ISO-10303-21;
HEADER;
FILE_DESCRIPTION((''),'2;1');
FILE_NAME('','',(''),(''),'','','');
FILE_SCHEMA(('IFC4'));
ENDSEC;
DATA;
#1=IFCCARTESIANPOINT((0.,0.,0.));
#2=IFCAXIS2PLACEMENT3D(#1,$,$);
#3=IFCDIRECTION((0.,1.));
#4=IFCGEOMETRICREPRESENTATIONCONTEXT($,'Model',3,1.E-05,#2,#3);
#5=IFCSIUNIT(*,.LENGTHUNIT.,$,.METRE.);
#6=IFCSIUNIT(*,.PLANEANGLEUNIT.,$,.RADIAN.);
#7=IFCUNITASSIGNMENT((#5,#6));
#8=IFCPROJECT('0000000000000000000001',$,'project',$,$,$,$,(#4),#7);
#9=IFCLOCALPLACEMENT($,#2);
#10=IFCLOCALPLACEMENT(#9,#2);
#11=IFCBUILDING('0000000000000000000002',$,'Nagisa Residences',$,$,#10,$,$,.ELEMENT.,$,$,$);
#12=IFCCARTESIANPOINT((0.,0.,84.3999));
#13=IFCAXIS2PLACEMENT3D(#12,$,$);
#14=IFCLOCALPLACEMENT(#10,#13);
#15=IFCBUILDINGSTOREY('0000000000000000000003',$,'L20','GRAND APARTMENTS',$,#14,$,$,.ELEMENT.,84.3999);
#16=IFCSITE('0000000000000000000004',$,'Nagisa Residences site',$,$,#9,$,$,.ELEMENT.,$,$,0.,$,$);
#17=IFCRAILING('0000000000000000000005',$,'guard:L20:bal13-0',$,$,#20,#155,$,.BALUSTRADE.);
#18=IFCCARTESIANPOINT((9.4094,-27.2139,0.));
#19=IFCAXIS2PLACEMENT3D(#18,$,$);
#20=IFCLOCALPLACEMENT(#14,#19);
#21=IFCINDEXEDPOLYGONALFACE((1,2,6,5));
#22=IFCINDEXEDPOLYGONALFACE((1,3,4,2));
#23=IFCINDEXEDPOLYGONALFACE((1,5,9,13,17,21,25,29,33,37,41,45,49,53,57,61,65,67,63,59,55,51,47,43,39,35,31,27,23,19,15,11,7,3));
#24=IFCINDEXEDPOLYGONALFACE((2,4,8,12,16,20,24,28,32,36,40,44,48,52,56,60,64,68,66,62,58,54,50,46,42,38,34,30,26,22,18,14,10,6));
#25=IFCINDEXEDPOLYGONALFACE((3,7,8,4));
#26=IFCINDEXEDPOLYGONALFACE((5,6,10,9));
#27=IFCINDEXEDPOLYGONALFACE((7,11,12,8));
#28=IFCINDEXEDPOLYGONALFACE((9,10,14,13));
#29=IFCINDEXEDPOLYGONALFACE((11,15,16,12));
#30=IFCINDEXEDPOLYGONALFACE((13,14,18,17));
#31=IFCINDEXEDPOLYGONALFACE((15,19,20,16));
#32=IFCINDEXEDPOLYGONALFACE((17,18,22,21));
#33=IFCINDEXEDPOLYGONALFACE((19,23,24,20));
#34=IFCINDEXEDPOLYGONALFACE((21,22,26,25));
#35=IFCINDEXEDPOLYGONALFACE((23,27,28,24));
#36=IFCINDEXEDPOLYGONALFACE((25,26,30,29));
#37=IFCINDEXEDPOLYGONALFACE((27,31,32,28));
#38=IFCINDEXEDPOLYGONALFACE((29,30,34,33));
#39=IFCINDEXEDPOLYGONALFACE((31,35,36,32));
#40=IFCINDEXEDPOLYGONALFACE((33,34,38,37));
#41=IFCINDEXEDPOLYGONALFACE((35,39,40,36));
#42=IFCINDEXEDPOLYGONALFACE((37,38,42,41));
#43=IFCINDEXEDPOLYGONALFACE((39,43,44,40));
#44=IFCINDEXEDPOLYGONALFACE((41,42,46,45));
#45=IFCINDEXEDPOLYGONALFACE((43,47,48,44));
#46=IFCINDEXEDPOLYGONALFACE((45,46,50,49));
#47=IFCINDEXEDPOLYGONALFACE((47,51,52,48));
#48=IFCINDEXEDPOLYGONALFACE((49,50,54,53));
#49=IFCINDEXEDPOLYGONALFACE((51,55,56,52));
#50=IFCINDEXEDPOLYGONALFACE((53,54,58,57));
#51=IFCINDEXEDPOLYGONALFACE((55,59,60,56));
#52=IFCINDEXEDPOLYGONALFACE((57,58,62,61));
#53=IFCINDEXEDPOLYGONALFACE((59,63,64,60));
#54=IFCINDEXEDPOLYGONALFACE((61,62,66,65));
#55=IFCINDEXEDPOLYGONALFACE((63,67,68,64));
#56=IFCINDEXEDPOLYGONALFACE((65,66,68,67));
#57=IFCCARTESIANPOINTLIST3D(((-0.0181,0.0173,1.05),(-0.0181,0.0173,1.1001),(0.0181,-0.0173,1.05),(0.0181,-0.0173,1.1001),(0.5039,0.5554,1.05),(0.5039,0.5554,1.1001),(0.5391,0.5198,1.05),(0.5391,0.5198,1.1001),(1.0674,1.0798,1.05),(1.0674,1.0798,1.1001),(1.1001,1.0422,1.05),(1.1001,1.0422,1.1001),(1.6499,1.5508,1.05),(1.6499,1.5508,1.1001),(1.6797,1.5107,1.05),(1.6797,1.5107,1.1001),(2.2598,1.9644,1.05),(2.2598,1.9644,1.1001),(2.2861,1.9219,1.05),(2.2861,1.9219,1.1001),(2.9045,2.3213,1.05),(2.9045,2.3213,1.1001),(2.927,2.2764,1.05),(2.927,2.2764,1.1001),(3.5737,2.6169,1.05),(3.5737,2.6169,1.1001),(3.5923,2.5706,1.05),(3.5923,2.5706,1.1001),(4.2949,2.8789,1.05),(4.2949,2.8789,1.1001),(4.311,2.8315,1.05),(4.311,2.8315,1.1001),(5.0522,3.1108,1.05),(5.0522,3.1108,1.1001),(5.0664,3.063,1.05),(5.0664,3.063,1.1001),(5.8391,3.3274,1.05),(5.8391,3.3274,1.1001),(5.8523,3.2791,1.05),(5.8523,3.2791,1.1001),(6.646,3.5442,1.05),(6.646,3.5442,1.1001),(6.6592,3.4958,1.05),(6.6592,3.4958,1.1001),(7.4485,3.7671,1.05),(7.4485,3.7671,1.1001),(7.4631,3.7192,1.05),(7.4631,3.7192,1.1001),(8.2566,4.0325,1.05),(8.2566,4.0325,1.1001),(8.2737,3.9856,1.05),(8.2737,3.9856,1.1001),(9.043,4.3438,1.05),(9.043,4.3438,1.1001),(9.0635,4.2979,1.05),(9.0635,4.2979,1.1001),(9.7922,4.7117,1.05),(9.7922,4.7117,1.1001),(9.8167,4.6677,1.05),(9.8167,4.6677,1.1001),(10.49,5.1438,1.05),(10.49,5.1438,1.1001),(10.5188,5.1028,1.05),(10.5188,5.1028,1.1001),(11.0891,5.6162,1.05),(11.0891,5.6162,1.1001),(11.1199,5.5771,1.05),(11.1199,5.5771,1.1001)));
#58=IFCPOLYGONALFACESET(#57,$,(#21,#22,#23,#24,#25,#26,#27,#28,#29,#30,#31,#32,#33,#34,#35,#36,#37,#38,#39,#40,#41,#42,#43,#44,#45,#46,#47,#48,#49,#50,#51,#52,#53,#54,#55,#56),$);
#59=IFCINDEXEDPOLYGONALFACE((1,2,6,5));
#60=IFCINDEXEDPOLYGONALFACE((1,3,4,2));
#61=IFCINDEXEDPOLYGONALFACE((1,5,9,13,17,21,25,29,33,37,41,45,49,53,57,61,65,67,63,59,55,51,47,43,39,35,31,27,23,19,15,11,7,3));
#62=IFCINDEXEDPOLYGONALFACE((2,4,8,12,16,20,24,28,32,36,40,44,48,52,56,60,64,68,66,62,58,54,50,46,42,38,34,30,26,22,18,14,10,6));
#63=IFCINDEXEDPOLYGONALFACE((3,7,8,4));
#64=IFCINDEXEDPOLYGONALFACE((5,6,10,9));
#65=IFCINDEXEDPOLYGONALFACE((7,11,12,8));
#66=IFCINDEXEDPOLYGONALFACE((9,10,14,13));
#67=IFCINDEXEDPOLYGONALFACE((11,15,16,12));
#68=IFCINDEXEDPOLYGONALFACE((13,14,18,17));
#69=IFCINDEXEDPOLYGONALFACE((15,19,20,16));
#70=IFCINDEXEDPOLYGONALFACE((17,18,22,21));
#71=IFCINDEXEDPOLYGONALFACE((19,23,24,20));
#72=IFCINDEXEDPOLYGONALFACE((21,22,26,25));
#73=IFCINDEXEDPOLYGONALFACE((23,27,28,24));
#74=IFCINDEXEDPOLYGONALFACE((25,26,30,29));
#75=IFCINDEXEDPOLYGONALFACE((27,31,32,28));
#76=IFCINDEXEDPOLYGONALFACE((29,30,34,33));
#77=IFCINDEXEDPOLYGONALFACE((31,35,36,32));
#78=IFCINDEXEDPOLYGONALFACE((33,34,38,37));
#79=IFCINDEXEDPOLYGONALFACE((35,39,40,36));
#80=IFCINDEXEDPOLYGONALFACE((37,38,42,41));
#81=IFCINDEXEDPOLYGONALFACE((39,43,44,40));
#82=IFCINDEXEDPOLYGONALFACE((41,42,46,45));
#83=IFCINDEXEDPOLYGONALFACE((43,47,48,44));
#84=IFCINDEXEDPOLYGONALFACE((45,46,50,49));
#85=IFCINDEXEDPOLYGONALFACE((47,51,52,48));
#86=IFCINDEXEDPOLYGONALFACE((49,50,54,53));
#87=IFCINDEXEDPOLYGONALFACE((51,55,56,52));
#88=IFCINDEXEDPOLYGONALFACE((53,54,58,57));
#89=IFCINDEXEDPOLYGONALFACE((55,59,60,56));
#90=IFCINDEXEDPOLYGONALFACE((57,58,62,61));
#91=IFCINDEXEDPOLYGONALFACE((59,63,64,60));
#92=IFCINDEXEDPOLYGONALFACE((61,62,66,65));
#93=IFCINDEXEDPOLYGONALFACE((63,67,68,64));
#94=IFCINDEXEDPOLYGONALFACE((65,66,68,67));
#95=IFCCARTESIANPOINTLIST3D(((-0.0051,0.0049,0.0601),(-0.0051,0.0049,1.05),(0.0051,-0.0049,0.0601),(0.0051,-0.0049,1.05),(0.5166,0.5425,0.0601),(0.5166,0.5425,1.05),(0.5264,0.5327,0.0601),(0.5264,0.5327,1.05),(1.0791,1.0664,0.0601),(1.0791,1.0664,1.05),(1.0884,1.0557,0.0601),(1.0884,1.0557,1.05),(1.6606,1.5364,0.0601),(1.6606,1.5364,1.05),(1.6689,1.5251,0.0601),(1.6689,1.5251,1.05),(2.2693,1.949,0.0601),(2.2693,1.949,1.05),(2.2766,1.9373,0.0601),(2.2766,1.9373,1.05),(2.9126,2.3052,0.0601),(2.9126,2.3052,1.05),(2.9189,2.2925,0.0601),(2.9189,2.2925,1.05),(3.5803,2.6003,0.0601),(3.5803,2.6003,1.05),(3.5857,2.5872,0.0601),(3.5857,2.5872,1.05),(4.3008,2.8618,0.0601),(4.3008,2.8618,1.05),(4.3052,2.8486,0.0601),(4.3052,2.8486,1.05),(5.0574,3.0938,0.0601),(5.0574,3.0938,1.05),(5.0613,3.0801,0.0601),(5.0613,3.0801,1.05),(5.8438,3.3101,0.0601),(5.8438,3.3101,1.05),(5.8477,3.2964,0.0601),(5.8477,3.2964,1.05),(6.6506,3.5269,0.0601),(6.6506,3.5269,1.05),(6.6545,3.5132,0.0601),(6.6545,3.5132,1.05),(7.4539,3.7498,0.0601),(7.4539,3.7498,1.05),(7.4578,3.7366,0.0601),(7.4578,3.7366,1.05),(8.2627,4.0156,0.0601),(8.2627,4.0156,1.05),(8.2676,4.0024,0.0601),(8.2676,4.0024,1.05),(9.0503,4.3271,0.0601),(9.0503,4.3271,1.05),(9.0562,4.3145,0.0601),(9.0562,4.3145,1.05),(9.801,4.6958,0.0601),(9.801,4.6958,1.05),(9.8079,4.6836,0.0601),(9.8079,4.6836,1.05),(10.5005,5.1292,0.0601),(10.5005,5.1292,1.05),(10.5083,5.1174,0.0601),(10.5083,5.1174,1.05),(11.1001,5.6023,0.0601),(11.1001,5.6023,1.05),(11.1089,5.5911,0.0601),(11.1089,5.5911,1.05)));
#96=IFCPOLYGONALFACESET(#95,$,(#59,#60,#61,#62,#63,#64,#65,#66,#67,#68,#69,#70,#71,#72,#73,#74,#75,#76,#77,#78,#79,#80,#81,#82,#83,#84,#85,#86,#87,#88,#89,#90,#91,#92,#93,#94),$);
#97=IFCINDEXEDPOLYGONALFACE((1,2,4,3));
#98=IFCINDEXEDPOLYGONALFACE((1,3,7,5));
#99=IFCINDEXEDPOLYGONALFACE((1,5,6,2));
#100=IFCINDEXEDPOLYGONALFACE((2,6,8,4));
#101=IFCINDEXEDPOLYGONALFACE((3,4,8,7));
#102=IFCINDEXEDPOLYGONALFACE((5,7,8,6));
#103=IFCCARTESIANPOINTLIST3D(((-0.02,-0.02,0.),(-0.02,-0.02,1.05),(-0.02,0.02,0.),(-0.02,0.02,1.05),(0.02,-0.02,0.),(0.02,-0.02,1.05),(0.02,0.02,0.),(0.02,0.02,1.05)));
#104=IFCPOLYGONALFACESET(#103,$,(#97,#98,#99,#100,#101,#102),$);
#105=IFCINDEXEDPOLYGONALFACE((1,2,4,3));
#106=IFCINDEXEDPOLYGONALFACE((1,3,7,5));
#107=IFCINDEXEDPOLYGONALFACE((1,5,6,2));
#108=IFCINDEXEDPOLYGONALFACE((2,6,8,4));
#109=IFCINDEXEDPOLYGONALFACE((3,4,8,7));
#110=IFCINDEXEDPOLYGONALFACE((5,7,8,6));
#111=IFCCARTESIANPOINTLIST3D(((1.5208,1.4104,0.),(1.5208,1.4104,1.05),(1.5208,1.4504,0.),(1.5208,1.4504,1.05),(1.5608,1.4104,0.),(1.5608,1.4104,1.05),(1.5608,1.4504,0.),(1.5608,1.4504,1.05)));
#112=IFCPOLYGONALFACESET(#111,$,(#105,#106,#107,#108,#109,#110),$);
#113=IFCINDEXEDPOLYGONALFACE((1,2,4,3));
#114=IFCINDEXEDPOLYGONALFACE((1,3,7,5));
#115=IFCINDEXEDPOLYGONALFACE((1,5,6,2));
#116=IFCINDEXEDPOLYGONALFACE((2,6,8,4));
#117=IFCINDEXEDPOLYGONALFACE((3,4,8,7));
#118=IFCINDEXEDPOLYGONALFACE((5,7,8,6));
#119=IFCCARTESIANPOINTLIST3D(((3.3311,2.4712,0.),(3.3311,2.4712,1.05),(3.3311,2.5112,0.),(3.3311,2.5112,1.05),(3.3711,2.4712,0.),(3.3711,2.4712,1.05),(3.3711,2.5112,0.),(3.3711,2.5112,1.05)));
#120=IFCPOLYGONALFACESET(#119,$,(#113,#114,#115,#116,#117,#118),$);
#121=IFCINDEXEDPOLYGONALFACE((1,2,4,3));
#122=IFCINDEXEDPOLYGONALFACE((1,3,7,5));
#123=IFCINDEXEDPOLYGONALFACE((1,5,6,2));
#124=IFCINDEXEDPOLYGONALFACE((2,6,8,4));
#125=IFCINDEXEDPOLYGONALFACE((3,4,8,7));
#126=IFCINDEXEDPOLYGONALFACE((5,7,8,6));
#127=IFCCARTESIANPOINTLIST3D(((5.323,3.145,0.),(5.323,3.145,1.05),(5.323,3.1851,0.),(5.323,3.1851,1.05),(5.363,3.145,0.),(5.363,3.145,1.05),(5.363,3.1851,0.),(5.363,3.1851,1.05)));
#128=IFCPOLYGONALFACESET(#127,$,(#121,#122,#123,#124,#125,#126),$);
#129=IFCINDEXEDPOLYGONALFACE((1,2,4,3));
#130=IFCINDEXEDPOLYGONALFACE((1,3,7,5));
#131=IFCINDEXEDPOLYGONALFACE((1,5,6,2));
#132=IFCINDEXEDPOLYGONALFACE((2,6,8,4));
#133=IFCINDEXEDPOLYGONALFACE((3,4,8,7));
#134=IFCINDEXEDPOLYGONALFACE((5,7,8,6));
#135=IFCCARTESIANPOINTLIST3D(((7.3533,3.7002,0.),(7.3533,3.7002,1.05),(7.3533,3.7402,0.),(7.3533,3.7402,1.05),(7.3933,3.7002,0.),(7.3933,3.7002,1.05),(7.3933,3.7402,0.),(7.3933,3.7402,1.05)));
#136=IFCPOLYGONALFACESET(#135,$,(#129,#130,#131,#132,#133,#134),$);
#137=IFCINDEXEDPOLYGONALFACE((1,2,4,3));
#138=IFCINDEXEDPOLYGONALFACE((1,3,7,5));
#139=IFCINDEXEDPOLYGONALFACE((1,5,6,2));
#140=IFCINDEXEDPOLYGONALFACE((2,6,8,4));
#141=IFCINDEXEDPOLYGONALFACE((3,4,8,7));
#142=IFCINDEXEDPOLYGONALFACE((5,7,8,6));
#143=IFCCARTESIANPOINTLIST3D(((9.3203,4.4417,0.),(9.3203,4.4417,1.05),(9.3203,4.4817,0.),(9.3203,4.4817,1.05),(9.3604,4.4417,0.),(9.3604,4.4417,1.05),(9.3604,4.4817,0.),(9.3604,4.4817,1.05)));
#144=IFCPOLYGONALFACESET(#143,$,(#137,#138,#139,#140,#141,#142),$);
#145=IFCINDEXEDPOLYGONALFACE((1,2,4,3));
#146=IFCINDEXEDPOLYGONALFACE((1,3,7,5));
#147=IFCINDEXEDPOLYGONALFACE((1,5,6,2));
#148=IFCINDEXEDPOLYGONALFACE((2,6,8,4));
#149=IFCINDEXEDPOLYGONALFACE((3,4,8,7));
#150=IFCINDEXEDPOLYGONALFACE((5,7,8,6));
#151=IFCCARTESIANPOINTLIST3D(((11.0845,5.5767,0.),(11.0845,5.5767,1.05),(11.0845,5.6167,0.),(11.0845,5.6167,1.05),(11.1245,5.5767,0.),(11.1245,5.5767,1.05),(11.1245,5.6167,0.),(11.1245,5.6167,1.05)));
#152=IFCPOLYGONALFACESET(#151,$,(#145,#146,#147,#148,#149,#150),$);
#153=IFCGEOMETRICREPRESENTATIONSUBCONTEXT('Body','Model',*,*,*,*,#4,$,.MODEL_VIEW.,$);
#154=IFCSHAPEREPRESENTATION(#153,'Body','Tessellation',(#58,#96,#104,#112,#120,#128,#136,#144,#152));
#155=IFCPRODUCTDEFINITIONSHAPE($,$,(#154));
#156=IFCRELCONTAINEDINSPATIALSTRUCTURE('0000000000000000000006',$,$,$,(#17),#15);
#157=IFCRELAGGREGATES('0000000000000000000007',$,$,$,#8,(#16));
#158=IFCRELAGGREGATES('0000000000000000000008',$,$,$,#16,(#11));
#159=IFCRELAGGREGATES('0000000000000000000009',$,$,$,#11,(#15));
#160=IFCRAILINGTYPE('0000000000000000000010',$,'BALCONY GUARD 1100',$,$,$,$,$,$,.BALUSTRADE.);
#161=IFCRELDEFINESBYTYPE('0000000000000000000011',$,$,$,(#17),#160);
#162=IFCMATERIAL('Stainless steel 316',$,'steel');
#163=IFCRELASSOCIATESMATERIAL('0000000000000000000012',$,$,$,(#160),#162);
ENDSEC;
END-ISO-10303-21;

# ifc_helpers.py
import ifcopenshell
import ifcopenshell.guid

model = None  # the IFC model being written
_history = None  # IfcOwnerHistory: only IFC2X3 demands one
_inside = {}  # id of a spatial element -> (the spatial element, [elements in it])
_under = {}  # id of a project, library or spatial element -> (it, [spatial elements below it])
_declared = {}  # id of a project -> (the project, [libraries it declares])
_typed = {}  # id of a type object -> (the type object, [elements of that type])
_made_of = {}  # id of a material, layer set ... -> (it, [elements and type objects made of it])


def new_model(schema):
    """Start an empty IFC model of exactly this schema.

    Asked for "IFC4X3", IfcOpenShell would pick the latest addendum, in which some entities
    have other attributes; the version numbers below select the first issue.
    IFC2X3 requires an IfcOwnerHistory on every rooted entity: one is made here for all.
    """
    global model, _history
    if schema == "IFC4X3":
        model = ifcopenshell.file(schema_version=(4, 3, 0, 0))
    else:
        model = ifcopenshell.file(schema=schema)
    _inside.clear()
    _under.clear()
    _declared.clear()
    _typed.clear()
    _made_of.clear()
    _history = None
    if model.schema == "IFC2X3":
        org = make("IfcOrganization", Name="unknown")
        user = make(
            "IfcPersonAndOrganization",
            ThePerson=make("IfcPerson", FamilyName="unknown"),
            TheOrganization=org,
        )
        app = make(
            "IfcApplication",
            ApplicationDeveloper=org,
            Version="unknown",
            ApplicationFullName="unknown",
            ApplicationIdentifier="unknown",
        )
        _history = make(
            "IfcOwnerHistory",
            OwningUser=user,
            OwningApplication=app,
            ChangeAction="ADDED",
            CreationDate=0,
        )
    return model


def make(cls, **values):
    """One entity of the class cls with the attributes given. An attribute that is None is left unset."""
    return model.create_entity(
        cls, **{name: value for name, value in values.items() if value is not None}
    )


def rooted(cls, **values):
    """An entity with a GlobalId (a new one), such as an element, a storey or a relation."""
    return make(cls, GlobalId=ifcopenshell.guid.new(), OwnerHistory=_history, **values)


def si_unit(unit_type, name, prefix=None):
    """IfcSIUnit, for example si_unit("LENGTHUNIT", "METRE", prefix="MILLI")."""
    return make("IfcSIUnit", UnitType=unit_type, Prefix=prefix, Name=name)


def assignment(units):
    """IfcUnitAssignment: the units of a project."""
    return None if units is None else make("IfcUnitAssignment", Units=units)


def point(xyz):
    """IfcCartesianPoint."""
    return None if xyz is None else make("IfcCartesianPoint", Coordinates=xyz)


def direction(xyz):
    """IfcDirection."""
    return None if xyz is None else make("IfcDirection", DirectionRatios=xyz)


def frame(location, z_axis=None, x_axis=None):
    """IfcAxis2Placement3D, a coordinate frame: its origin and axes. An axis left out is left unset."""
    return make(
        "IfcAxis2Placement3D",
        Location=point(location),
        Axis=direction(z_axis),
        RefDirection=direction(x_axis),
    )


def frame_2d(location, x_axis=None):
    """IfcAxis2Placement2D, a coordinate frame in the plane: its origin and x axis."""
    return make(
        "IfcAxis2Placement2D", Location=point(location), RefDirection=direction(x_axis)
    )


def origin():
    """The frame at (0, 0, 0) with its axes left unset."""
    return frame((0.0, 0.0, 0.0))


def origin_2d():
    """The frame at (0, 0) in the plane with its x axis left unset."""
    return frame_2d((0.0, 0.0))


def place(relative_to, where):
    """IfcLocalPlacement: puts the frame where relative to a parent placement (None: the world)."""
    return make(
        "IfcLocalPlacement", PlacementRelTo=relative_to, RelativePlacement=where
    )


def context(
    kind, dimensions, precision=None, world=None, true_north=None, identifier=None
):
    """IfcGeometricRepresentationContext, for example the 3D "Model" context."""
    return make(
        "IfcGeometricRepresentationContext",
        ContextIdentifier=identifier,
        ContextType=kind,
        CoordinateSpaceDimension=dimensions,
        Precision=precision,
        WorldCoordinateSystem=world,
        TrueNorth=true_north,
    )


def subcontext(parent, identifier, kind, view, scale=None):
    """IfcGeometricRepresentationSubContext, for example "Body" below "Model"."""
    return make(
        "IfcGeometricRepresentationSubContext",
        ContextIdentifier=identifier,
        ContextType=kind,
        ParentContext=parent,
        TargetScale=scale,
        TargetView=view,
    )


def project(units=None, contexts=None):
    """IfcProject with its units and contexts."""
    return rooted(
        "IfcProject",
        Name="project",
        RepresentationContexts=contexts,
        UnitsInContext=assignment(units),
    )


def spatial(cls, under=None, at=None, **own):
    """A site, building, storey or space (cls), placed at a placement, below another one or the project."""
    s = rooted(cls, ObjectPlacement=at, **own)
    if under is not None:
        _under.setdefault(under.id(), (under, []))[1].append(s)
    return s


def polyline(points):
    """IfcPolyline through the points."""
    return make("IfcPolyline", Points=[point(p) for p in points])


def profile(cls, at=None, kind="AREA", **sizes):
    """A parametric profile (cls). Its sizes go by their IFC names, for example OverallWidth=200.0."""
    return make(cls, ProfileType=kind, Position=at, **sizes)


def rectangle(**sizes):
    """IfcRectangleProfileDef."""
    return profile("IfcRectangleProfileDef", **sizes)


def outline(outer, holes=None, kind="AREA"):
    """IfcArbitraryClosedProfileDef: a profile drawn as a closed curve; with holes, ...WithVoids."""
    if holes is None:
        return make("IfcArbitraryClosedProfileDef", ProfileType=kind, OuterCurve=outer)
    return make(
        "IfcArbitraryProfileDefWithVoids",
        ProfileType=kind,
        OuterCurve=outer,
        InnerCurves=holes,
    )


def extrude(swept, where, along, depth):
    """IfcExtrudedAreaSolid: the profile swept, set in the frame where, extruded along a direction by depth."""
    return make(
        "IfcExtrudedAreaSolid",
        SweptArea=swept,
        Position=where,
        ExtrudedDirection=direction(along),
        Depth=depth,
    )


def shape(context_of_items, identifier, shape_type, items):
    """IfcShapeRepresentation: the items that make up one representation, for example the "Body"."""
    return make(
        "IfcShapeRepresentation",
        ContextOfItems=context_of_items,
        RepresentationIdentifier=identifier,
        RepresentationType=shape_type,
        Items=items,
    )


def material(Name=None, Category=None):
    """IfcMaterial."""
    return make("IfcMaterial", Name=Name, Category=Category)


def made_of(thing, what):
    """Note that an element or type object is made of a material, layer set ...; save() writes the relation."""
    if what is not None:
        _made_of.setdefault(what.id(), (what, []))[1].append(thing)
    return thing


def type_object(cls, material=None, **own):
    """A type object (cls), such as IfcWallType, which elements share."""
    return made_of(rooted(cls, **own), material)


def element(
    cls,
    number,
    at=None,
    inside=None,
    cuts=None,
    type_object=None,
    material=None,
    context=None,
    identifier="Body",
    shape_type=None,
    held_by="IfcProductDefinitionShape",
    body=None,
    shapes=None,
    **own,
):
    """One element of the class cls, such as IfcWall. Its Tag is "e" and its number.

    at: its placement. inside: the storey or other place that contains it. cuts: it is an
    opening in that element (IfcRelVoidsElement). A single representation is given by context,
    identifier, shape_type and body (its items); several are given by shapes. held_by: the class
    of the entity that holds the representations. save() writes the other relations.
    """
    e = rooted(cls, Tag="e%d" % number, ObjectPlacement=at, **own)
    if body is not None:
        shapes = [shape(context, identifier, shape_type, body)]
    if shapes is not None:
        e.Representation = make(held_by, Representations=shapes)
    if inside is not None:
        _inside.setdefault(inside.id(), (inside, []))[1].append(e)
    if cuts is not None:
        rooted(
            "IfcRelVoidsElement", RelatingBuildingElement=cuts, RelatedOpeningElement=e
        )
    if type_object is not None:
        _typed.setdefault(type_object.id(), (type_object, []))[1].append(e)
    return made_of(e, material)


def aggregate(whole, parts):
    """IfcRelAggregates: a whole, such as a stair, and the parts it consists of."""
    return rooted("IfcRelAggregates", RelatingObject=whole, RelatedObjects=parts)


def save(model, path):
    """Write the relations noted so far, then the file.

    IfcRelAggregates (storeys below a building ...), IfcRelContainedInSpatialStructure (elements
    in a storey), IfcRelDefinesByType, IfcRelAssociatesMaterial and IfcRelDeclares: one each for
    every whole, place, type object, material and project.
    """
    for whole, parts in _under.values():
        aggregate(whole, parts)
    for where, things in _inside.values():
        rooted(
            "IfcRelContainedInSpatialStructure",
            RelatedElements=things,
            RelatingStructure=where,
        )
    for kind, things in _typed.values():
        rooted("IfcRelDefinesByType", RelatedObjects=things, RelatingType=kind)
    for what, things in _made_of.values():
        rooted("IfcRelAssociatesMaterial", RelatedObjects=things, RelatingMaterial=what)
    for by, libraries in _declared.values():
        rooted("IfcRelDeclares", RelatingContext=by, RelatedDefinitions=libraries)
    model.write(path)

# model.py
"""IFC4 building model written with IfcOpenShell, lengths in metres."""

from ifc_helpers import new_model, si_unit, direction, frame, origin, origin_2d, place, context, subcontext, project, spatial, polyline, rectangle, outline, extrude, material, type_object, element, save


model = new_model("IFC4")

# Units and contexts
model_context = context("Model", 3, precision=1e-05, world=origin(), true_north=direction((0.0, 1.0)))
body_context = subcontext(model_context, "Body", "Model", "MODEL_VIEW")
ifc_project = project(units=[si_unit("LENGTHUNIT", "METRE"), si_unit("PLANEANGLEUNIT", "RADIAN")], contexts=[model_context])

# Site, building, storey
site_placement = place(None, origin())
site = spatial("IfcSite", under=ifc_project, at=site_placement, Name="Nagisa Residences site", CompositionType="ELEMENT", RefElevation=0.0)
building_placement = place(site_placement, origin())
building = spatial("IfcBuilding", under=site, at=building_placement, Name="Nagisa Residences", CompositionType="ELEMENT")
storey_placement = place(building_placement, frame((0.0, 0.0, 84.3999)))
storey = spatial("IfcBuildingStorey", under=building, at=storey_placement, Name="L20", Description="GRAND APARTMENTS", CompositionType="ELEMENT", Elevation=84.3999)

# Railing
ifc_material_1 = material(Name="Stainless steel 316", Category="steel")
railing_type = type_object("IfcRailingType", Name="BALCONY GUARD 1100", PredefinedType="BALUSTRADE", material=ifc_material_1)
railing_1_placement = place(storey_placement, frame((9.4094, -27.2139, 0.0)))
element("IfcRailing", 1, at=railing_1_placement, inside=storey, type_object=railing_type, Name="guard:L20:bal13-0", PredefinedType="BALUSTRADE", context=body_context, shape_type="SweptSolid", body=[
    extrude(outline(polyline([(0.5039, 0.5554), (-0.0181, 0.0173), (0.0181, -0.0173), (0.5391, 0.5198), (1.1001, 1.0422), (1.6797, 1.5107), (2.2861, 1.9219), (2.927, 2.2764), (3.5923, 2.5706), (4.311, 2.8315), (5.0664, 3.063), (5.8523, 3.2791), (6.6592, 3.4958), (7.4631, 3.7192), (8.2737, 3.9856), (9.0635, 4.2979), (9.8167, 4.6677), (10.5188, 5.1028), (11.1199, 5.5771), (11.0891, 5.6162), (10.49, 5.1438), (9.7922, 4.7117), (9.043, 4.3438), (8.2566, 4.0325), (7.4485, 3.7671), (6.646, 3.5442), (5.8391, 3.3274), (5.0522, 3.1108), (4.2949, 2.8789), (3.5737, 2.6169), (2.9045, 2.3213), (2.2598, 1.9644), (1.6499, 1.5508), (1.0674, 1.0798), (0.5039, 0.5554)])), frame((0.0, 0.0, 1.05)), (0.0, 0.0, 1.0), 0.05),
    extrude(outline(polyline([(0.5166, 0.5425), (-0.0051, 0.0049), (0.0051, -0.0049), (0.5264, 0.5327), (1.0884, 1.0557), (1.6689, 1.5251), (2.2766, 1.9373), (2.9189, 2.2925), (3.5857, 2.5872), (4.3052, 2.8486), (5.0613, 3.0801), (5.8477, 3.2964), (6.6545, 3.5132), (7.4578, 3.7366), (8.2676, 4.0024), (9.0562, 4.3145), (9.8079, 4.6836), (10.5083, 5.1174), (11.1089, 5.5911), (11.1001, 5.6023), (10.5005, 5.1292), (9.801, 4.6958), (9.0503, 4.3271), (8.2627, 4.0156), (7.4539, 3.7498), (6.6506, 3.5269), (5.8438, 3.3101), (5.0574, 3.0938), (4.3008, 2.8618), (3.5803, 2.6003), (2.9126, 2.3052), (2.2693, 1.949), (1.6606, 1.5364), (1.0791, 1.0664), (0.5166, 0.5425)])), frame((0.0, 0.0, 0.0601)), (0.0, 0.0, 1.0), 0.99),
    extrude(rectangle(XDim=0.04, YDim=0.04, at=origin_2d()), origin(), (0.0, 0.0, 1.0), 1.05),
    extrude(rectangle(XDim=0.04, YDim=0.04, at=origin_2d()), frame((1.5408, 1.4304, 0.0)), (0.0, 0.0, 1.0), 1.05),
    extrude(rectangle(XDim=0.04, YDim=0.04, at=origin_2d()), frame((3.3511, 2.4912, 0.0)), (0.0, 0.0, 1.0), 1.05),
    extrude(rectangle(XDim=0.04, YDim=0.04, at=origin_2d()), frame((5.343, 3.165, 0.0)), (0.0, 0.0, 1.0), 1.05),
    extrude(rectangle(XDim=0.04, YDim=0.04, at=origin_2d()), frame((7.3733, 3.7202, 0.0)), (0.0, 0.0, 1.0), 1.05),
    extrude(rectangle(XDim=0.04, YDim=0.04, at=origin_2d()), frame((9.3403, 4.4617, 0.0)), (0.0, 0.0, 1.0), 1.05),
    extrude(rectangle(XDim=0.04, YDim=0.04, at=origin_2d()), frame((11.1045, 5.5967, 0.0)), (0.0, 0.0, 1.0), 1.05),
])

save(model, "model.ifc")
